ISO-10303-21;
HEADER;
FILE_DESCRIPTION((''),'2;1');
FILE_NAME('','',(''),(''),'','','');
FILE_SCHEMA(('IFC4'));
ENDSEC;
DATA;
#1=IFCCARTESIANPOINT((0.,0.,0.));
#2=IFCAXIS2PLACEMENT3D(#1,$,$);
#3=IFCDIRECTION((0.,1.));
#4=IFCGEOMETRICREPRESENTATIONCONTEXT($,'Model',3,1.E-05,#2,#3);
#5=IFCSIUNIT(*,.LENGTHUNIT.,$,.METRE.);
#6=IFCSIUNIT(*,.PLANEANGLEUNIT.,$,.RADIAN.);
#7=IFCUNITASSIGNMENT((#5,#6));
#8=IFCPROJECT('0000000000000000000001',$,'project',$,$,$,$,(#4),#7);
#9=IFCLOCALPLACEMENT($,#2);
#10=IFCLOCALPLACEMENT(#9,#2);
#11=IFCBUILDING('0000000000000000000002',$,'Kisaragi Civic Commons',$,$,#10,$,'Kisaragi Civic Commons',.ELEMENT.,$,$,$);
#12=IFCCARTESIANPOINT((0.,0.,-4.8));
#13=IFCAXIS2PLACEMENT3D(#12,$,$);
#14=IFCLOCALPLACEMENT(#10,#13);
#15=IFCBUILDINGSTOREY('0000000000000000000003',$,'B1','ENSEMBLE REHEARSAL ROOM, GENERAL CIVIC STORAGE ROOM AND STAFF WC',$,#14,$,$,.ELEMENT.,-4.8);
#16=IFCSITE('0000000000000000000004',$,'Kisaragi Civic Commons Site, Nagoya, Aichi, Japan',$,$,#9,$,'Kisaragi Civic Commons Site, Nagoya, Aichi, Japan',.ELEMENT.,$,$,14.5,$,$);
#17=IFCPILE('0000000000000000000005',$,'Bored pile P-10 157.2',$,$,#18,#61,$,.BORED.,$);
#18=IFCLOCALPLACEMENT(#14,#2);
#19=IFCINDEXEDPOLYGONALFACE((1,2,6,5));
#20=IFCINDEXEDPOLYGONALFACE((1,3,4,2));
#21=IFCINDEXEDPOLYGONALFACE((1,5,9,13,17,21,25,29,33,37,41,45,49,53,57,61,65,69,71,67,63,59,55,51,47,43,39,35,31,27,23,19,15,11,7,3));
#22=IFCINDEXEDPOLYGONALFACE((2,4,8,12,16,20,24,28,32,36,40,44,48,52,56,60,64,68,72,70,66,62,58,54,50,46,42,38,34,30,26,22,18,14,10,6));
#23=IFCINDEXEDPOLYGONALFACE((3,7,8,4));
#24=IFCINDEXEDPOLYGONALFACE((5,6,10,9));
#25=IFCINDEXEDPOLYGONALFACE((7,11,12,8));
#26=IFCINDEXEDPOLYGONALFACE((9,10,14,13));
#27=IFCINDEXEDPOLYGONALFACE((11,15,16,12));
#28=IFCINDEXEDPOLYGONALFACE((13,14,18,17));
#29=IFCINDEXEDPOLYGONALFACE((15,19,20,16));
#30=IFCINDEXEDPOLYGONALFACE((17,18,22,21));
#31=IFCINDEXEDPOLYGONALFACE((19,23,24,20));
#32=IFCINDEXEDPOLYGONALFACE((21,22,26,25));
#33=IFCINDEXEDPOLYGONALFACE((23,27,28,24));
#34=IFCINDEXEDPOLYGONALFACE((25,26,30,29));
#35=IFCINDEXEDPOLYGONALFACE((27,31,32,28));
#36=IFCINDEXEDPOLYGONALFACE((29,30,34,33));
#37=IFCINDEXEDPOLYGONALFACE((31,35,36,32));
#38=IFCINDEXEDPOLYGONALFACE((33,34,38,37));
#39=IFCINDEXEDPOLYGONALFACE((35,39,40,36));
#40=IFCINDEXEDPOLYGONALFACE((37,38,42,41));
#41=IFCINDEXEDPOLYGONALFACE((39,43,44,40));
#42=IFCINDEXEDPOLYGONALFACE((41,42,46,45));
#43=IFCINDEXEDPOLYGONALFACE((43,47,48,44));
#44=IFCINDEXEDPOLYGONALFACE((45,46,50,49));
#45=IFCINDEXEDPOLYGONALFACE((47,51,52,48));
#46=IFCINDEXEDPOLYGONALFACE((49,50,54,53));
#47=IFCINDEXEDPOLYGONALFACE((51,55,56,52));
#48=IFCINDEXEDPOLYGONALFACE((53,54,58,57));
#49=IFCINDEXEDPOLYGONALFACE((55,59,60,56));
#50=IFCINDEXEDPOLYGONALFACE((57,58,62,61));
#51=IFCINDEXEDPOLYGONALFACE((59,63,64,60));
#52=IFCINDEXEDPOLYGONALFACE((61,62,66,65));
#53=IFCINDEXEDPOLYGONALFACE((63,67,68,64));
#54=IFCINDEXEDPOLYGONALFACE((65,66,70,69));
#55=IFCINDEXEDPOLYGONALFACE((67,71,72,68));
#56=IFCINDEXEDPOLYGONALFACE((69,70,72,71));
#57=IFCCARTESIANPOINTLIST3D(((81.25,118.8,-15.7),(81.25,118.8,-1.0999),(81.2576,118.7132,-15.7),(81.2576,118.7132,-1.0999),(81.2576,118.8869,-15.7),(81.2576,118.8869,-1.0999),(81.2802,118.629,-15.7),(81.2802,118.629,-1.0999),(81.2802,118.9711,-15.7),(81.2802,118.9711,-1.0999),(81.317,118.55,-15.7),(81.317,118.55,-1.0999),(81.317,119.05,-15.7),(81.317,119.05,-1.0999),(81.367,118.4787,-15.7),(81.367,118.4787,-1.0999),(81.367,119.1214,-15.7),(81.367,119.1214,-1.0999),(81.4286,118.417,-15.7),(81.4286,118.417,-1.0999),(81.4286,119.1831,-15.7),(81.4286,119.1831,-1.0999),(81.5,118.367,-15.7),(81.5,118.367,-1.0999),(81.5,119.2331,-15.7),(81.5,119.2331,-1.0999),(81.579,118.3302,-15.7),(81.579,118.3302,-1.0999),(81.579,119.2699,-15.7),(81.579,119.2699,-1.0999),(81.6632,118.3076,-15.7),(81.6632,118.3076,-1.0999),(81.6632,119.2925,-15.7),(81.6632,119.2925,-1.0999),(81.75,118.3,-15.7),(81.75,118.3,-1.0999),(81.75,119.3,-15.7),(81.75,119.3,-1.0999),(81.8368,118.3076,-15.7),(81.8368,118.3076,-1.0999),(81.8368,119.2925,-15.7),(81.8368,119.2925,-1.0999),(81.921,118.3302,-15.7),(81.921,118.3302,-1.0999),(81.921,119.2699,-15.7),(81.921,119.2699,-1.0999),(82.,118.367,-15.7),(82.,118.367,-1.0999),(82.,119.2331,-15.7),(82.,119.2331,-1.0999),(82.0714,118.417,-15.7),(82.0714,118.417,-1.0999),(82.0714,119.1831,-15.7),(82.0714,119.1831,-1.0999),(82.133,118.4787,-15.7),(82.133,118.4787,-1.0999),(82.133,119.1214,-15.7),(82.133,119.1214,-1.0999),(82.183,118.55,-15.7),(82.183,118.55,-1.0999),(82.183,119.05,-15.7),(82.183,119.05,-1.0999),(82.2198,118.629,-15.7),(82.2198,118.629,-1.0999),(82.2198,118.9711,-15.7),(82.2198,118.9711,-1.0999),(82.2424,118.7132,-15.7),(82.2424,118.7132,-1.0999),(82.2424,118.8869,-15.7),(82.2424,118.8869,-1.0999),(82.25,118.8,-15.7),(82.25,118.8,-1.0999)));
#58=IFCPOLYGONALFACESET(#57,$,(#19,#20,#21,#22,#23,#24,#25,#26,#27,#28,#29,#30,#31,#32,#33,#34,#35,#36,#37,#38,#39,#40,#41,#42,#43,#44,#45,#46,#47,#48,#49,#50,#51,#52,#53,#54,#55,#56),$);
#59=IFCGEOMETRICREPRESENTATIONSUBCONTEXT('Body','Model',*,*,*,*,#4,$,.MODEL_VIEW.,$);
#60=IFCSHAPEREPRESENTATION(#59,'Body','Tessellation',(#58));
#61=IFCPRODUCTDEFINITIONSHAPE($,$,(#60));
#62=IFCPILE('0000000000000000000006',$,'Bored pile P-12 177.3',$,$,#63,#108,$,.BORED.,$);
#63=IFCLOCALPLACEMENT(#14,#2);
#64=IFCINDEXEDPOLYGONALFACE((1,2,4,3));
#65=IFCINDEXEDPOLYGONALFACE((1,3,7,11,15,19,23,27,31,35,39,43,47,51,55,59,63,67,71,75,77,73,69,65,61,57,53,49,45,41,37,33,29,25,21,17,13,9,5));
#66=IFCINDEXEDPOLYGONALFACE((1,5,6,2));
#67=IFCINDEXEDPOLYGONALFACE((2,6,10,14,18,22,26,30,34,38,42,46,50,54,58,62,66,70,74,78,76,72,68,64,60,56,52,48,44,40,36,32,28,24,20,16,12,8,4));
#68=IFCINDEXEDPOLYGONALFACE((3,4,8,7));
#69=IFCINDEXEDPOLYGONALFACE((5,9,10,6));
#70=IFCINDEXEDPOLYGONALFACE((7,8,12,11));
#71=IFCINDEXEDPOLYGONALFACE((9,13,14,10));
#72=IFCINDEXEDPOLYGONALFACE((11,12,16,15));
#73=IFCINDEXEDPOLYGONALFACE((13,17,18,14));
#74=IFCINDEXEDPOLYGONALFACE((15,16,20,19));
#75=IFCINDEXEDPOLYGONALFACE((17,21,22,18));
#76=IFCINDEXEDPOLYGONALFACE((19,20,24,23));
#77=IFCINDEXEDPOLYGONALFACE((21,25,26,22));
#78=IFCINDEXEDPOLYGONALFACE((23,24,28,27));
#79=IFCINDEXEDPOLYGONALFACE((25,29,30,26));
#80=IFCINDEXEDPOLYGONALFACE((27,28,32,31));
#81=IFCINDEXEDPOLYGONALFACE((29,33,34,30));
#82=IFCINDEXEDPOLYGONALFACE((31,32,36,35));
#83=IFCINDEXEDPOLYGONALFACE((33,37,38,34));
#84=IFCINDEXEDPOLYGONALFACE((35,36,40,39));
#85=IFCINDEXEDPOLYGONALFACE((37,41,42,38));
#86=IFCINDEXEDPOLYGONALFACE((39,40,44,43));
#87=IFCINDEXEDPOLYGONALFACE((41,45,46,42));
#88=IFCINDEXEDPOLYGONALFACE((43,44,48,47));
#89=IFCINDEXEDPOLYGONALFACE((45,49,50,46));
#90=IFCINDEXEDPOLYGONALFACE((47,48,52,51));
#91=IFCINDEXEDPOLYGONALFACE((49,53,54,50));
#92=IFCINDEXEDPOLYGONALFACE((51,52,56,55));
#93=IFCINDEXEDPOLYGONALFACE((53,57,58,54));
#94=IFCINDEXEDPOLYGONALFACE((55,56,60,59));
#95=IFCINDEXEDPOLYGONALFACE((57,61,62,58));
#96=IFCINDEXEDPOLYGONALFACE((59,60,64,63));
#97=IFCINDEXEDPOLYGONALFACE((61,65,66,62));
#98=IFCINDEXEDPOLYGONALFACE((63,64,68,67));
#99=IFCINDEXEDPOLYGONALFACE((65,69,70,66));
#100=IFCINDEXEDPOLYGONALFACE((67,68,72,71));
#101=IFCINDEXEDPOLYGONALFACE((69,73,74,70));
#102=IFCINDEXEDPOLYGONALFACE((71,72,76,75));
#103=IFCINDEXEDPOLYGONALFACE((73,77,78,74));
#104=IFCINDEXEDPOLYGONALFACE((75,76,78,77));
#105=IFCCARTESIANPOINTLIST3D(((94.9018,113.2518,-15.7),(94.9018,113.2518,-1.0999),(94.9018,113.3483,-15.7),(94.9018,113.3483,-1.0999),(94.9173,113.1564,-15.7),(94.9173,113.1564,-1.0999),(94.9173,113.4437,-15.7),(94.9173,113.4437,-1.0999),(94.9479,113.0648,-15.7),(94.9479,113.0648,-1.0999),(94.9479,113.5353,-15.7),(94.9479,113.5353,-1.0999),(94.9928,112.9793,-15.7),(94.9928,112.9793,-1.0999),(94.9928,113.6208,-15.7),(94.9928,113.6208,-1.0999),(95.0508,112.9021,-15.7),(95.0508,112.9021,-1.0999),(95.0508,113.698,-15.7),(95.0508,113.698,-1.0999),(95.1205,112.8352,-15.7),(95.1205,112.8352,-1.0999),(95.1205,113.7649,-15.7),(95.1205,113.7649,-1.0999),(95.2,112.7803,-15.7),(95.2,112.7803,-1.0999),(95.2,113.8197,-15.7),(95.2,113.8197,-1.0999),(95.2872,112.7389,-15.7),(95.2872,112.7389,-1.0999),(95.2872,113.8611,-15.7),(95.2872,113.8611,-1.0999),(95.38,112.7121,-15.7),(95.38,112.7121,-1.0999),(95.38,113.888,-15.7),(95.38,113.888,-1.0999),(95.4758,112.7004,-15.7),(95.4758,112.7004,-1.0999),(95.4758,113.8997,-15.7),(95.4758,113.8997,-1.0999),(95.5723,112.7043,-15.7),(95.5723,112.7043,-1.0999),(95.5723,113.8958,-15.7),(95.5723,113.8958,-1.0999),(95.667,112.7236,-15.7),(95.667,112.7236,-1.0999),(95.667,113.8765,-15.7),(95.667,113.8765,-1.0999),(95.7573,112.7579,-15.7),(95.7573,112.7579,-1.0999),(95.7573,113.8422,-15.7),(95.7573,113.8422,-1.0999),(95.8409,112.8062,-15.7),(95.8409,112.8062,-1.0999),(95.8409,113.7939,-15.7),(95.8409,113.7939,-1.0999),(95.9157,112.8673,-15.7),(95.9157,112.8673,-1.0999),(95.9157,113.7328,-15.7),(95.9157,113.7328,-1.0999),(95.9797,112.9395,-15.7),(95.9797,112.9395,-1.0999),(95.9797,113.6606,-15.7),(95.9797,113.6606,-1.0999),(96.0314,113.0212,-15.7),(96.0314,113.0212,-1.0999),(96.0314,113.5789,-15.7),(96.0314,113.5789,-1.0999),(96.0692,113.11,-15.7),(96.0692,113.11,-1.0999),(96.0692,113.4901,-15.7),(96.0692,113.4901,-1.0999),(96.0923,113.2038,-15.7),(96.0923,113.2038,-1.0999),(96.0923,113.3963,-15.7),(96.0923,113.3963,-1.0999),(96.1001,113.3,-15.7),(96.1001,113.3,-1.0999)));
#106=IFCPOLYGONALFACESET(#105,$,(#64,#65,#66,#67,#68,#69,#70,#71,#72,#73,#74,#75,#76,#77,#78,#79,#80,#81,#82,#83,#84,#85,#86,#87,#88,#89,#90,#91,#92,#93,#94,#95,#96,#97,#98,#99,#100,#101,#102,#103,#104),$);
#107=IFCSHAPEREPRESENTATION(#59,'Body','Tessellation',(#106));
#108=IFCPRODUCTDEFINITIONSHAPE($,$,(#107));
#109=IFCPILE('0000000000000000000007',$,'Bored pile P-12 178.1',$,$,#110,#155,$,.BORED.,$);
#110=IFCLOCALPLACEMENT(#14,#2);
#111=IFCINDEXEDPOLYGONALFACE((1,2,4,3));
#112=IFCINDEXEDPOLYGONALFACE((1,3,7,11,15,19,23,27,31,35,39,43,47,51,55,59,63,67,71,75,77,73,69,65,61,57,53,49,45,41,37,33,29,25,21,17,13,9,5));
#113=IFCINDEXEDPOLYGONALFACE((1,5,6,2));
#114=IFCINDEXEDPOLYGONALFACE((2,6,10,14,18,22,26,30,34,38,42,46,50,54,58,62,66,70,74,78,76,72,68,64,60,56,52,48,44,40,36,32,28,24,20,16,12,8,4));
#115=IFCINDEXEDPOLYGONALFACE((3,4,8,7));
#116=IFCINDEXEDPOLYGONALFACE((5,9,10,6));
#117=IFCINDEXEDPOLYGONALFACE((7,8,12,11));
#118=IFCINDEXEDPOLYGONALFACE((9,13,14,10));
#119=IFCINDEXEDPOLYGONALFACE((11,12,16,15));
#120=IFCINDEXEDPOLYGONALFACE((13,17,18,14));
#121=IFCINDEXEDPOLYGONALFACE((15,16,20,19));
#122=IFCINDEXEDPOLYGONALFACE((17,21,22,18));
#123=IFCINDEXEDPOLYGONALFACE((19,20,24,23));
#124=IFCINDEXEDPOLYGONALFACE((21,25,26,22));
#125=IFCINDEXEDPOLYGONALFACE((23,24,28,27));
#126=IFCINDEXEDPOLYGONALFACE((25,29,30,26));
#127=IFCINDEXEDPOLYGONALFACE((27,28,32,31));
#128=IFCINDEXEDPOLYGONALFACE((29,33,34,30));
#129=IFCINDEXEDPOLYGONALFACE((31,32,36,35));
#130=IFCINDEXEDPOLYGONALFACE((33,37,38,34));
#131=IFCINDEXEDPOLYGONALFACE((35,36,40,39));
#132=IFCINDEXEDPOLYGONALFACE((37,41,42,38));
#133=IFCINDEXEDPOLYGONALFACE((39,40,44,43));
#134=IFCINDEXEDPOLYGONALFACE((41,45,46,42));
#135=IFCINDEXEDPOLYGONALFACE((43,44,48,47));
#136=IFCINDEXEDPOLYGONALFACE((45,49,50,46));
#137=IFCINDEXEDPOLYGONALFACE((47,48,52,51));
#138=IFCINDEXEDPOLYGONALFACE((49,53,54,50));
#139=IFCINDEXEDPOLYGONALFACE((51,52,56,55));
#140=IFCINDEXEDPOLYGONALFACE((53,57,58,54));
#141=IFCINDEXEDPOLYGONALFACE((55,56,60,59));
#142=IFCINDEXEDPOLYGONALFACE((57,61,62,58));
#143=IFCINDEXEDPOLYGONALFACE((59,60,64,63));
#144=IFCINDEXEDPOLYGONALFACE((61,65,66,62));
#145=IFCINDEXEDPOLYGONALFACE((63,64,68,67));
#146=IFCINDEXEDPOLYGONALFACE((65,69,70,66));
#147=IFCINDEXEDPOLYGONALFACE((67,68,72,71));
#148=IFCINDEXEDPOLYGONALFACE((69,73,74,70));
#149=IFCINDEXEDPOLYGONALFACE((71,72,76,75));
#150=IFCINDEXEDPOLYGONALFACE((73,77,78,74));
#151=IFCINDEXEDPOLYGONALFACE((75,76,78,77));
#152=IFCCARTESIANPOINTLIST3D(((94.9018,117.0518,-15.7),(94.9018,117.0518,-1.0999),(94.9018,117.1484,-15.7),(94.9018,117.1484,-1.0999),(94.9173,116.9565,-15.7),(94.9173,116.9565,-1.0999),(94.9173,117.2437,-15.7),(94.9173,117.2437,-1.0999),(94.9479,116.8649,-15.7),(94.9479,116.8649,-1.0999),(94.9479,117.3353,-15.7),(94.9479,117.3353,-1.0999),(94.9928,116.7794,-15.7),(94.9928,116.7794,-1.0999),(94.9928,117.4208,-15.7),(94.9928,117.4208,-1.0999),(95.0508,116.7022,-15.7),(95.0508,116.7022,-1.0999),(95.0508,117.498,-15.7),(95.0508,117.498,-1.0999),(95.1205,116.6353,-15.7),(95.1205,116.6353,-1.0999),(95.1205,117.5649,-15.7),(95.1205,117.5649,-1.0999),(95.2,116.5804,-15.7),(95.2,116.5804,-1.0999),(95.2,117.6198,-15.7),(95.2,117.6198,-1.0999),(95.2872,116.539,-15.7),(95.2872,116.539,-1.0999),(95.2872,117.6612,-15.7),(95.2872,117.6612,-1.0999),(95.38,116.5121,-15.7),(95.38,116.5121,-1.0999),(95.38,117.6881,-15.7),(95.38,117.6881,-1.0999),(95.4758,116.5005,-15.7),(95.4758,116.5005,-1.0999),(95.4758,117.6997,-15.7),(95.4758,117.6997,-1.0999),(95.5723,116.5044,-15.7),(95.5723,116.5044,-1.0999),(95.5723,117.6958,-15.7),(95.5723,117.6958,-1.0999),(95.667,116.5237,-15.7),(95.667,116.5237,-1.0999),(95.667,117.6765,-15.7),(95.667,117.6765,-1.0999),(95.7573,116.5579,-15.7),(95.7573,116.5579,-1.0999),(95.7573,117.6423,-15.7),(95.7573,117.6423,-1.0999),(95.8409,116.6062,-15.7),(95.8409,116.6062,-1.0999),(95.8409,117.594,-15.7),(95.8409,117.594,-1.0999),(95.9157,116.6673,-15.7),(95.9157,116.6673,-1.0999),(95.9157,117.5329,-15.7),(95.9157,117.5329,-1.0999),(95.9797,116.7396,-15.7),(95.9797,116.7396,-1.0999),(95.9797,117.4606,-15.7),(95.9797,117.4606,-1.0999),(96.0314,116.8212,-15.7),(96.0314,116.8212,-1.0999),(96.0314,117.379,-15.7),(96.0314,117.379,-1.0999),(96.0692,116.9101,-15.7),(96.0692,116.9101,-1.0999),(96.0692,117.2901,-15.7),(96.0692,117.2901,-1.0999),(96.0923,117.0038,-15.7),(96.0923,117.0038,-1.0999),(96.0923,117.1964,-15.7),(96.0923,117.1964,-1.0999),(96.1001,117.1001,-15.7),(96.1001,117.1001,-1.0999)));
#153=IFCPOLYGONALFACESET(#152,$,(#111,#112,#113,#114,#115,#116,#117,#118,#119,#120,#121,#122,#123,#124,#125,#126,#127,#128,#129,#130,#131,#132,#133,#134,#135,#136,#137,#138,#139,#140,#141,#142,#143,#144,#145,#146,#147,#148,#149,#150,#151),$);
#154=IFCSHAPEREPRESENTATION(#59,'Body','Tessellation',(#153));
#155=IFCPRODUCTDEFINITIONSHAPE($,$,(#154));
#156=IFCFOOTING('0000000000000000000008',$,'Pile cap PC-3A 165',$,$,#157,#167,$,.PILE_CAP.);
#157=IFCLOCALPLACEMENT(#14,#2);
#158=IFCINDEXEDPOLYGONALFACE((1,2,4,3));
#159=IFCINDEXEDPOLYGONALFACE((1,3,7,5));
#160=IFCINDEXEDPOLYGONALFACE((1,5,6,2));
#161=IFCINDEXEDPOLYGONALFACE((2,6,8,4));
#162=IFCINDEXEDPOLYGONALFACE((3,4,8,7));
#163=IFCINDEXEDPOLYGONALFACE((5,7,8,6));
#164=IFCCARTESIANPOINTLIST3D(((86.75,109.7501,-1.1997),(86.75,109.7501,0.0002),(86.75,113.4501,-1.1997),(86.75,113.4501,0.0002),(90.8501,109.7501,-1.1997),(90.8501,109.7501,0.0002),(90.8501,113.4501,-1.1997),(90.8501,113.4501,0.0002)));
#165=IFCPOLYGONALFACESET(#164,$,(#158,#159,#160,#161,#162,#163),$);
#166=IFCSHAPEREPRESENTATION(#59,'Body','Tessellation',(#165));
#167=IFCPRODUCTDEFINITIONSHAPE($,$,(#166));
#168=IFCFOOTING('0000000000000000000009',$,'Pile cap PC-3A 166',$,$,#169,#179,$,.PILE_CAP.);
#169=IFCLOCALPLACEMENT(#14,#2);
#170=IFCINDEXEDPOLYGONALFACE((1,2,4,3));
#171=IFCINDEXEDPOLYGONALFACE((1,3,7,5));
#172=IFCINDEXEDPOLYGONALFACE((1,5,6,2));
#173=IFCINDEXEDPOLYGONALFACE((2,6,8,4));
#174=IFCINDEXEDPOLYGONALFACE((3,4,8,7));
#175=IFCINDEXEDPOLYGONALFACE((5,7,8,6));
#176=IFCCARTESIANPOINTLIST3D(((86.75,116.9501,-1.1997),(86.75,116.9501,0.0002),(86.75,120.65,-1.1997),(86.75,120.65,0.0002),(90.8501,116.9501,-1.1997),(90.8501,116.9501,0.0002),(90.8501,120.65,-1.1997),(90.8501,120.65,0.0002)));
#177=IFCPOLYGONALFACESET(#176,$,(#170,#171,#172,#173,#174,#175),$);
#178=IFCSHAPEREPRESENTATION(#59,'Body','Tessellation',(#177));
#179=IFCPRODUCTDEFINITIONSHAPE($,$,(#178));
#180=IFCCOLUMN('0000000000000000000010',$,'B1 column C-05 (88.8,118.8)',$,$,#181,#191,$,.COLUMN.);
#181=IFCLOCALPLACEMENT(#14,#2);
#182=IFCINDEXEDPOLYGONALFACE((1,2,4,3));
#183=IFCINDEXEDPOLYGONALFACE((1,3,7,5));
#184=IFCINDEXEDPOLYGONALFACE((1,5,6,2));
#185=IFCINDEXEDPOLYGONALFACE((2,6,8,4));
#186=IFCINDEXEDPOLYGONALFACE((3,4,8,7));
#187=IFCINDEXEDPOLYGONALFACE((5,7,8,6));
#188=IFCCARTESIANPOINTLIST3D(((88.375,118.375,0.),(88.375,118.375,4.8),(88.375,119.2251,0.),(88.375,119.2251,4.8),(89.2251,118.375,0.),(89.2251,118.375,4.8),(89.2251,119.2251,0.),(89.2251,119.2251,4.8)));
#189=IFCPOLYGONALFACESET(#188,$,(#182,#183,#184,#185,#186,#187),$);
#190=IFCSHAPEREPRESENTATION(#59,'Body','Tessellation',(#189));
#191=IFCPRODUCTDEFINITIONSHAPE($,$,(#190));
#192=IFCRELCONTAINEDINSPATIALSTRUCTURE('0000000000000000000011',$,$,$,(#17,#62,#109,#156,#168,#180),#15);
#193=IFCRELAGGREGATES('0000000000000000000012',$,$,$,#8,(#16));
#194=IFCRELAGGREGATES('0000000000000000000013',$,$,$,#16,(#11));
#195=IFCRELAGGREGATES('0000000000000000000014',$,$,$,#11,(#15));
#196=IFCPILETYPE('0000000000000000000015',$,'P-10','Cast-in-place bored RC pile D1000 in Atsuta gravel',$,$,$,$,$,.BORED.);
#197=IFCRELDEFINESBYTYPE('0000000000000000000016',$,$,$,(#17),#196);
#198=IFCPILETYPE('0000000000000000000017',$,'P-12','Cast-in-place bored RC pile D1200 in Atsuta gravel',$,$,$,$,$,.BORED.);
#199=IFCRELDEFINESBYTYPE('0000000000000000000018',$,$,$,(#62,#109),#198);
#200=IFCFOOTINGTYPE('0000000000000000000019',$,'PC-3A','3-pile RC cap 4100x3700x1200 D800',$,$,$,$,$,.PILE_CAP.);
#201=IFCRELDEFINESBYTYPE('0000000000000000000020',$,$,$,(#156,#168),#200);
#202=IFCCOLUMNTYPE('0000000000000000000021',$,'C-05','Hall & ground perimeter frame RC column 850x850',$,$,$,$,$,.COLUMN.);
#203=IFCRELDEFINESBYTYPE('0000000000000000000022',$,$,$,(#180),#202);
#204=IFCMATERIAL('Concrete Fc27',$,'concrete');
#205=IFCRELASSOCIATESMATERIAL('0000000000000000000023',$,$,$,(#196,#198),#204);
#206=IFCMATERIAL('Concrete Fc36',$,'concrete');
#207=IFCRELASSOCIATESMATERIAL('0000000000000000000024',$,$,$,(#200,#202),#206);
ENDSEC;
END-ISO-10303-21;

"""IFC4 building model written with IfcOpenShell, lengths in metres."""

from ifc_helpers import new_model, si_unit, direction, frame, origin, origin_2d, place, context, subcontext, project, spatial, rectangle, circle, extrude, material, material_profile, profile_set, type_object, element, save


model = new_model("IFC4")

# Units and contexts
model_context = context("Model", 3, precision=1e-05, world=origin(), true_north=direction((0.0, 1.0)))
body_context = subcontext(model_context, "Body", "Model", "MODEL_VIEW")
ifc_project = project(units=[si_unit("LENGTHUNIT", "METRE"), si_unit("PLANEANGLEUNIT", "RADIAN")], contexts=[model_context])

# Site, building, storey
site_placement = place(None, origin())
site = spatial("IfcSite", under=ifc_project, at=site_placement, Name="Kisaragi Civic Commons Site, Nagoya, Aichi, Japan", LongName="Kisaragi Civic Commons Site, Nagoya, Aichi, Japan", CompositionType="ELEMENT", RefElevation=14.5)
building_placement = place(site_placement, origin())
building = spatial("IfcBuilding", under=site, at=building_placement, Name="Kisaragi Civic Commons", LongName="Kisaragi Civic Commons", CompositionType="ELEMENT")
storey_placement = place(building_placement, frame((0.0, 0.0, -4.8)))
storey = spatial("IfcBuildingStorey", under=building, at=storey_placement, Name="B1", Description="ENSEMBLE REHEARSAL ROOM, GENERAL CIVIC STORAGE ROOM AND STAFF WC", CompositionType="ELEMENT", Elevation=-4.8)

# Shared definitions
ifc_material_1 = material(Name="Concrete Fc27", Category="concrete")

# Piles
ifc_material_profile_1 = material_profile(ifc_material_1, circle(Radius=0.5, at=origin_2d()), Name="PILE-D1000", Category="concrete")
ifc_profile_set_1 = profile_set([ifc_material_profile_1], Name="Concrete Fc27")
pile_type_1 = type_object("IfcPileType", Name="P-10", Description="Cast-in-place bored RC pile D1000 in Atsuta gravel", PredefinedType="BORED", material=ifc_profile_set_1)
for number, where, z_axis, x_axis, name in (
    (1, (81.75, 118.8, -1.0999), (0.0, 0.0, -1.0), (1.0, 0.0, 0.0), "Bored pile P-10 157.2"),
):
    element("IfcPile", number, at=place(storey_placement, frame(where, z_axis=z_axis, x_axis=x_axis)), inside=storey, type_object=pile_type_1, Name=name, PredefinedType="BORED", context=body_context, shape_type="SweptSolid", body=[
        extrude(circle(Radius=0.5, at=origin_2d()), origin(), (0.0, 0.0, 1.0), 14.6001),
    ])
ifc_material_profile_2 = material_profile(ifc_material_1, circle(Radius=0.6001, at=origin_2d()), Name="PILE-D1200", Category="concrete")
ifc_profile_set_2 = profile_set([ifc_material_profile_2], Name="Concrete Fc27")
pile_type_2 = type_object("IfcPileType", Name="P-12", Description="Cast-in-place bored RC pile D1200 in Atsuta gravel", PredefinedType="BORED", material=ifc_profile_set_2)
for number, where, z_axis, x_axis, name in (
    (2, (95.5, 113.3, -1.0999), (0.0, 0.0, -1.0), (1.0, 0.0, 0.0), "Bored pile P-12 177.3"),
    (3, (95.5, 117.1001, -1.0999), (0.0, 0.0, -1.0), (1.0, 0.0, 0.0), "Bored pile P-12 178.1"),
):
    element("IfcPile", number, at=place(storey_placement, frame(where, z_axis=z_axis, x_axis=x_axis)), inside=storey, type_object=pile_type_2, Name=name, PredefinedType="BORED", context=body_context, shape_type="SweptSolid", body=[
        extrude(circle(Radius=0.6001, at=origin_2d()), origin(), (0.0, 0.0, 1.0), 14.6001),
    ])

# Footings
ifc_material_2 = material(Name="Concrete Fc36", Category="concrete")
footing_type_1 = type_object("IfcFootingType", Name="PC-3A", Description="3-pile RC cap 4100x3700x1200 D800", PredefinedType="PILE_CAP", material=ifc_material_2)
for number, where, z_axis, x_axis, name in (
    (4, (88.8, 111.6001, -1.1997), (0.0, 0.0, 1.0), (1.0, 0.0, 0.0), "Pile cap PC-3A 165"),
    (5, (88.8, 118.8, -1.1997), (0.0, 0.0, 1.0), (1.0, 0.0, 0.0), "Pile cap PC-3A 166"),
):
    element("IfcFooting", number, at=place(storey_placement, frame(where, z_axis=z_axis, x_axis=x_axis)), inside=storey, type_object=footing_type_1, Name=name, PredefinedType="PILE_CAP", context=body_context, shape_type="SweptSolid", body=[
        extrude(rectangle(XDim=4.1001, YDim=3.7, at=origin_2d()), origin(), (0.0, 0.0, 1.0), 1.2),
    ])

# Column
ifc_material_profile_3 = material_profile(ifc_material_2, rectangle(XDim=0.8501, YDim=0.8501, at=origin_2d()), Name="RC-850x850", Category="concrete")
ifc_profile_set_3 = profile_set([ifc_material_profile_3], Name="Concrete Fc36")
column_type_1 = type_object("IfcColumnType", Name="C-05", Description="Hall & ground perimeter frame RC column 850x850", PredefinedType="COLUMN", material=ifc_profile_set_3)
column_1_placement = place(storey_placement, frame((88.8, 118.8, 0.0), z_axis=(0.0, 0.0, 1.0), x_axis=(1.0, 0.0, 0.0)))
element("IfcColumn", 6, at=column_1_placement, inside=storey, type_object=column_type_1, Name="B1 column C-05 (88.8,118.8)", PredefinedType="COLUMN", context=body_context, shape_type="SweptSolid", body=[
    extrude(rectangle(XDim=0.8501, YDim=0.8501, at=origin_2d()), origin(), (0.0, 0.0, 1.0), 4.8),
])

save(model, "model.ifc")
